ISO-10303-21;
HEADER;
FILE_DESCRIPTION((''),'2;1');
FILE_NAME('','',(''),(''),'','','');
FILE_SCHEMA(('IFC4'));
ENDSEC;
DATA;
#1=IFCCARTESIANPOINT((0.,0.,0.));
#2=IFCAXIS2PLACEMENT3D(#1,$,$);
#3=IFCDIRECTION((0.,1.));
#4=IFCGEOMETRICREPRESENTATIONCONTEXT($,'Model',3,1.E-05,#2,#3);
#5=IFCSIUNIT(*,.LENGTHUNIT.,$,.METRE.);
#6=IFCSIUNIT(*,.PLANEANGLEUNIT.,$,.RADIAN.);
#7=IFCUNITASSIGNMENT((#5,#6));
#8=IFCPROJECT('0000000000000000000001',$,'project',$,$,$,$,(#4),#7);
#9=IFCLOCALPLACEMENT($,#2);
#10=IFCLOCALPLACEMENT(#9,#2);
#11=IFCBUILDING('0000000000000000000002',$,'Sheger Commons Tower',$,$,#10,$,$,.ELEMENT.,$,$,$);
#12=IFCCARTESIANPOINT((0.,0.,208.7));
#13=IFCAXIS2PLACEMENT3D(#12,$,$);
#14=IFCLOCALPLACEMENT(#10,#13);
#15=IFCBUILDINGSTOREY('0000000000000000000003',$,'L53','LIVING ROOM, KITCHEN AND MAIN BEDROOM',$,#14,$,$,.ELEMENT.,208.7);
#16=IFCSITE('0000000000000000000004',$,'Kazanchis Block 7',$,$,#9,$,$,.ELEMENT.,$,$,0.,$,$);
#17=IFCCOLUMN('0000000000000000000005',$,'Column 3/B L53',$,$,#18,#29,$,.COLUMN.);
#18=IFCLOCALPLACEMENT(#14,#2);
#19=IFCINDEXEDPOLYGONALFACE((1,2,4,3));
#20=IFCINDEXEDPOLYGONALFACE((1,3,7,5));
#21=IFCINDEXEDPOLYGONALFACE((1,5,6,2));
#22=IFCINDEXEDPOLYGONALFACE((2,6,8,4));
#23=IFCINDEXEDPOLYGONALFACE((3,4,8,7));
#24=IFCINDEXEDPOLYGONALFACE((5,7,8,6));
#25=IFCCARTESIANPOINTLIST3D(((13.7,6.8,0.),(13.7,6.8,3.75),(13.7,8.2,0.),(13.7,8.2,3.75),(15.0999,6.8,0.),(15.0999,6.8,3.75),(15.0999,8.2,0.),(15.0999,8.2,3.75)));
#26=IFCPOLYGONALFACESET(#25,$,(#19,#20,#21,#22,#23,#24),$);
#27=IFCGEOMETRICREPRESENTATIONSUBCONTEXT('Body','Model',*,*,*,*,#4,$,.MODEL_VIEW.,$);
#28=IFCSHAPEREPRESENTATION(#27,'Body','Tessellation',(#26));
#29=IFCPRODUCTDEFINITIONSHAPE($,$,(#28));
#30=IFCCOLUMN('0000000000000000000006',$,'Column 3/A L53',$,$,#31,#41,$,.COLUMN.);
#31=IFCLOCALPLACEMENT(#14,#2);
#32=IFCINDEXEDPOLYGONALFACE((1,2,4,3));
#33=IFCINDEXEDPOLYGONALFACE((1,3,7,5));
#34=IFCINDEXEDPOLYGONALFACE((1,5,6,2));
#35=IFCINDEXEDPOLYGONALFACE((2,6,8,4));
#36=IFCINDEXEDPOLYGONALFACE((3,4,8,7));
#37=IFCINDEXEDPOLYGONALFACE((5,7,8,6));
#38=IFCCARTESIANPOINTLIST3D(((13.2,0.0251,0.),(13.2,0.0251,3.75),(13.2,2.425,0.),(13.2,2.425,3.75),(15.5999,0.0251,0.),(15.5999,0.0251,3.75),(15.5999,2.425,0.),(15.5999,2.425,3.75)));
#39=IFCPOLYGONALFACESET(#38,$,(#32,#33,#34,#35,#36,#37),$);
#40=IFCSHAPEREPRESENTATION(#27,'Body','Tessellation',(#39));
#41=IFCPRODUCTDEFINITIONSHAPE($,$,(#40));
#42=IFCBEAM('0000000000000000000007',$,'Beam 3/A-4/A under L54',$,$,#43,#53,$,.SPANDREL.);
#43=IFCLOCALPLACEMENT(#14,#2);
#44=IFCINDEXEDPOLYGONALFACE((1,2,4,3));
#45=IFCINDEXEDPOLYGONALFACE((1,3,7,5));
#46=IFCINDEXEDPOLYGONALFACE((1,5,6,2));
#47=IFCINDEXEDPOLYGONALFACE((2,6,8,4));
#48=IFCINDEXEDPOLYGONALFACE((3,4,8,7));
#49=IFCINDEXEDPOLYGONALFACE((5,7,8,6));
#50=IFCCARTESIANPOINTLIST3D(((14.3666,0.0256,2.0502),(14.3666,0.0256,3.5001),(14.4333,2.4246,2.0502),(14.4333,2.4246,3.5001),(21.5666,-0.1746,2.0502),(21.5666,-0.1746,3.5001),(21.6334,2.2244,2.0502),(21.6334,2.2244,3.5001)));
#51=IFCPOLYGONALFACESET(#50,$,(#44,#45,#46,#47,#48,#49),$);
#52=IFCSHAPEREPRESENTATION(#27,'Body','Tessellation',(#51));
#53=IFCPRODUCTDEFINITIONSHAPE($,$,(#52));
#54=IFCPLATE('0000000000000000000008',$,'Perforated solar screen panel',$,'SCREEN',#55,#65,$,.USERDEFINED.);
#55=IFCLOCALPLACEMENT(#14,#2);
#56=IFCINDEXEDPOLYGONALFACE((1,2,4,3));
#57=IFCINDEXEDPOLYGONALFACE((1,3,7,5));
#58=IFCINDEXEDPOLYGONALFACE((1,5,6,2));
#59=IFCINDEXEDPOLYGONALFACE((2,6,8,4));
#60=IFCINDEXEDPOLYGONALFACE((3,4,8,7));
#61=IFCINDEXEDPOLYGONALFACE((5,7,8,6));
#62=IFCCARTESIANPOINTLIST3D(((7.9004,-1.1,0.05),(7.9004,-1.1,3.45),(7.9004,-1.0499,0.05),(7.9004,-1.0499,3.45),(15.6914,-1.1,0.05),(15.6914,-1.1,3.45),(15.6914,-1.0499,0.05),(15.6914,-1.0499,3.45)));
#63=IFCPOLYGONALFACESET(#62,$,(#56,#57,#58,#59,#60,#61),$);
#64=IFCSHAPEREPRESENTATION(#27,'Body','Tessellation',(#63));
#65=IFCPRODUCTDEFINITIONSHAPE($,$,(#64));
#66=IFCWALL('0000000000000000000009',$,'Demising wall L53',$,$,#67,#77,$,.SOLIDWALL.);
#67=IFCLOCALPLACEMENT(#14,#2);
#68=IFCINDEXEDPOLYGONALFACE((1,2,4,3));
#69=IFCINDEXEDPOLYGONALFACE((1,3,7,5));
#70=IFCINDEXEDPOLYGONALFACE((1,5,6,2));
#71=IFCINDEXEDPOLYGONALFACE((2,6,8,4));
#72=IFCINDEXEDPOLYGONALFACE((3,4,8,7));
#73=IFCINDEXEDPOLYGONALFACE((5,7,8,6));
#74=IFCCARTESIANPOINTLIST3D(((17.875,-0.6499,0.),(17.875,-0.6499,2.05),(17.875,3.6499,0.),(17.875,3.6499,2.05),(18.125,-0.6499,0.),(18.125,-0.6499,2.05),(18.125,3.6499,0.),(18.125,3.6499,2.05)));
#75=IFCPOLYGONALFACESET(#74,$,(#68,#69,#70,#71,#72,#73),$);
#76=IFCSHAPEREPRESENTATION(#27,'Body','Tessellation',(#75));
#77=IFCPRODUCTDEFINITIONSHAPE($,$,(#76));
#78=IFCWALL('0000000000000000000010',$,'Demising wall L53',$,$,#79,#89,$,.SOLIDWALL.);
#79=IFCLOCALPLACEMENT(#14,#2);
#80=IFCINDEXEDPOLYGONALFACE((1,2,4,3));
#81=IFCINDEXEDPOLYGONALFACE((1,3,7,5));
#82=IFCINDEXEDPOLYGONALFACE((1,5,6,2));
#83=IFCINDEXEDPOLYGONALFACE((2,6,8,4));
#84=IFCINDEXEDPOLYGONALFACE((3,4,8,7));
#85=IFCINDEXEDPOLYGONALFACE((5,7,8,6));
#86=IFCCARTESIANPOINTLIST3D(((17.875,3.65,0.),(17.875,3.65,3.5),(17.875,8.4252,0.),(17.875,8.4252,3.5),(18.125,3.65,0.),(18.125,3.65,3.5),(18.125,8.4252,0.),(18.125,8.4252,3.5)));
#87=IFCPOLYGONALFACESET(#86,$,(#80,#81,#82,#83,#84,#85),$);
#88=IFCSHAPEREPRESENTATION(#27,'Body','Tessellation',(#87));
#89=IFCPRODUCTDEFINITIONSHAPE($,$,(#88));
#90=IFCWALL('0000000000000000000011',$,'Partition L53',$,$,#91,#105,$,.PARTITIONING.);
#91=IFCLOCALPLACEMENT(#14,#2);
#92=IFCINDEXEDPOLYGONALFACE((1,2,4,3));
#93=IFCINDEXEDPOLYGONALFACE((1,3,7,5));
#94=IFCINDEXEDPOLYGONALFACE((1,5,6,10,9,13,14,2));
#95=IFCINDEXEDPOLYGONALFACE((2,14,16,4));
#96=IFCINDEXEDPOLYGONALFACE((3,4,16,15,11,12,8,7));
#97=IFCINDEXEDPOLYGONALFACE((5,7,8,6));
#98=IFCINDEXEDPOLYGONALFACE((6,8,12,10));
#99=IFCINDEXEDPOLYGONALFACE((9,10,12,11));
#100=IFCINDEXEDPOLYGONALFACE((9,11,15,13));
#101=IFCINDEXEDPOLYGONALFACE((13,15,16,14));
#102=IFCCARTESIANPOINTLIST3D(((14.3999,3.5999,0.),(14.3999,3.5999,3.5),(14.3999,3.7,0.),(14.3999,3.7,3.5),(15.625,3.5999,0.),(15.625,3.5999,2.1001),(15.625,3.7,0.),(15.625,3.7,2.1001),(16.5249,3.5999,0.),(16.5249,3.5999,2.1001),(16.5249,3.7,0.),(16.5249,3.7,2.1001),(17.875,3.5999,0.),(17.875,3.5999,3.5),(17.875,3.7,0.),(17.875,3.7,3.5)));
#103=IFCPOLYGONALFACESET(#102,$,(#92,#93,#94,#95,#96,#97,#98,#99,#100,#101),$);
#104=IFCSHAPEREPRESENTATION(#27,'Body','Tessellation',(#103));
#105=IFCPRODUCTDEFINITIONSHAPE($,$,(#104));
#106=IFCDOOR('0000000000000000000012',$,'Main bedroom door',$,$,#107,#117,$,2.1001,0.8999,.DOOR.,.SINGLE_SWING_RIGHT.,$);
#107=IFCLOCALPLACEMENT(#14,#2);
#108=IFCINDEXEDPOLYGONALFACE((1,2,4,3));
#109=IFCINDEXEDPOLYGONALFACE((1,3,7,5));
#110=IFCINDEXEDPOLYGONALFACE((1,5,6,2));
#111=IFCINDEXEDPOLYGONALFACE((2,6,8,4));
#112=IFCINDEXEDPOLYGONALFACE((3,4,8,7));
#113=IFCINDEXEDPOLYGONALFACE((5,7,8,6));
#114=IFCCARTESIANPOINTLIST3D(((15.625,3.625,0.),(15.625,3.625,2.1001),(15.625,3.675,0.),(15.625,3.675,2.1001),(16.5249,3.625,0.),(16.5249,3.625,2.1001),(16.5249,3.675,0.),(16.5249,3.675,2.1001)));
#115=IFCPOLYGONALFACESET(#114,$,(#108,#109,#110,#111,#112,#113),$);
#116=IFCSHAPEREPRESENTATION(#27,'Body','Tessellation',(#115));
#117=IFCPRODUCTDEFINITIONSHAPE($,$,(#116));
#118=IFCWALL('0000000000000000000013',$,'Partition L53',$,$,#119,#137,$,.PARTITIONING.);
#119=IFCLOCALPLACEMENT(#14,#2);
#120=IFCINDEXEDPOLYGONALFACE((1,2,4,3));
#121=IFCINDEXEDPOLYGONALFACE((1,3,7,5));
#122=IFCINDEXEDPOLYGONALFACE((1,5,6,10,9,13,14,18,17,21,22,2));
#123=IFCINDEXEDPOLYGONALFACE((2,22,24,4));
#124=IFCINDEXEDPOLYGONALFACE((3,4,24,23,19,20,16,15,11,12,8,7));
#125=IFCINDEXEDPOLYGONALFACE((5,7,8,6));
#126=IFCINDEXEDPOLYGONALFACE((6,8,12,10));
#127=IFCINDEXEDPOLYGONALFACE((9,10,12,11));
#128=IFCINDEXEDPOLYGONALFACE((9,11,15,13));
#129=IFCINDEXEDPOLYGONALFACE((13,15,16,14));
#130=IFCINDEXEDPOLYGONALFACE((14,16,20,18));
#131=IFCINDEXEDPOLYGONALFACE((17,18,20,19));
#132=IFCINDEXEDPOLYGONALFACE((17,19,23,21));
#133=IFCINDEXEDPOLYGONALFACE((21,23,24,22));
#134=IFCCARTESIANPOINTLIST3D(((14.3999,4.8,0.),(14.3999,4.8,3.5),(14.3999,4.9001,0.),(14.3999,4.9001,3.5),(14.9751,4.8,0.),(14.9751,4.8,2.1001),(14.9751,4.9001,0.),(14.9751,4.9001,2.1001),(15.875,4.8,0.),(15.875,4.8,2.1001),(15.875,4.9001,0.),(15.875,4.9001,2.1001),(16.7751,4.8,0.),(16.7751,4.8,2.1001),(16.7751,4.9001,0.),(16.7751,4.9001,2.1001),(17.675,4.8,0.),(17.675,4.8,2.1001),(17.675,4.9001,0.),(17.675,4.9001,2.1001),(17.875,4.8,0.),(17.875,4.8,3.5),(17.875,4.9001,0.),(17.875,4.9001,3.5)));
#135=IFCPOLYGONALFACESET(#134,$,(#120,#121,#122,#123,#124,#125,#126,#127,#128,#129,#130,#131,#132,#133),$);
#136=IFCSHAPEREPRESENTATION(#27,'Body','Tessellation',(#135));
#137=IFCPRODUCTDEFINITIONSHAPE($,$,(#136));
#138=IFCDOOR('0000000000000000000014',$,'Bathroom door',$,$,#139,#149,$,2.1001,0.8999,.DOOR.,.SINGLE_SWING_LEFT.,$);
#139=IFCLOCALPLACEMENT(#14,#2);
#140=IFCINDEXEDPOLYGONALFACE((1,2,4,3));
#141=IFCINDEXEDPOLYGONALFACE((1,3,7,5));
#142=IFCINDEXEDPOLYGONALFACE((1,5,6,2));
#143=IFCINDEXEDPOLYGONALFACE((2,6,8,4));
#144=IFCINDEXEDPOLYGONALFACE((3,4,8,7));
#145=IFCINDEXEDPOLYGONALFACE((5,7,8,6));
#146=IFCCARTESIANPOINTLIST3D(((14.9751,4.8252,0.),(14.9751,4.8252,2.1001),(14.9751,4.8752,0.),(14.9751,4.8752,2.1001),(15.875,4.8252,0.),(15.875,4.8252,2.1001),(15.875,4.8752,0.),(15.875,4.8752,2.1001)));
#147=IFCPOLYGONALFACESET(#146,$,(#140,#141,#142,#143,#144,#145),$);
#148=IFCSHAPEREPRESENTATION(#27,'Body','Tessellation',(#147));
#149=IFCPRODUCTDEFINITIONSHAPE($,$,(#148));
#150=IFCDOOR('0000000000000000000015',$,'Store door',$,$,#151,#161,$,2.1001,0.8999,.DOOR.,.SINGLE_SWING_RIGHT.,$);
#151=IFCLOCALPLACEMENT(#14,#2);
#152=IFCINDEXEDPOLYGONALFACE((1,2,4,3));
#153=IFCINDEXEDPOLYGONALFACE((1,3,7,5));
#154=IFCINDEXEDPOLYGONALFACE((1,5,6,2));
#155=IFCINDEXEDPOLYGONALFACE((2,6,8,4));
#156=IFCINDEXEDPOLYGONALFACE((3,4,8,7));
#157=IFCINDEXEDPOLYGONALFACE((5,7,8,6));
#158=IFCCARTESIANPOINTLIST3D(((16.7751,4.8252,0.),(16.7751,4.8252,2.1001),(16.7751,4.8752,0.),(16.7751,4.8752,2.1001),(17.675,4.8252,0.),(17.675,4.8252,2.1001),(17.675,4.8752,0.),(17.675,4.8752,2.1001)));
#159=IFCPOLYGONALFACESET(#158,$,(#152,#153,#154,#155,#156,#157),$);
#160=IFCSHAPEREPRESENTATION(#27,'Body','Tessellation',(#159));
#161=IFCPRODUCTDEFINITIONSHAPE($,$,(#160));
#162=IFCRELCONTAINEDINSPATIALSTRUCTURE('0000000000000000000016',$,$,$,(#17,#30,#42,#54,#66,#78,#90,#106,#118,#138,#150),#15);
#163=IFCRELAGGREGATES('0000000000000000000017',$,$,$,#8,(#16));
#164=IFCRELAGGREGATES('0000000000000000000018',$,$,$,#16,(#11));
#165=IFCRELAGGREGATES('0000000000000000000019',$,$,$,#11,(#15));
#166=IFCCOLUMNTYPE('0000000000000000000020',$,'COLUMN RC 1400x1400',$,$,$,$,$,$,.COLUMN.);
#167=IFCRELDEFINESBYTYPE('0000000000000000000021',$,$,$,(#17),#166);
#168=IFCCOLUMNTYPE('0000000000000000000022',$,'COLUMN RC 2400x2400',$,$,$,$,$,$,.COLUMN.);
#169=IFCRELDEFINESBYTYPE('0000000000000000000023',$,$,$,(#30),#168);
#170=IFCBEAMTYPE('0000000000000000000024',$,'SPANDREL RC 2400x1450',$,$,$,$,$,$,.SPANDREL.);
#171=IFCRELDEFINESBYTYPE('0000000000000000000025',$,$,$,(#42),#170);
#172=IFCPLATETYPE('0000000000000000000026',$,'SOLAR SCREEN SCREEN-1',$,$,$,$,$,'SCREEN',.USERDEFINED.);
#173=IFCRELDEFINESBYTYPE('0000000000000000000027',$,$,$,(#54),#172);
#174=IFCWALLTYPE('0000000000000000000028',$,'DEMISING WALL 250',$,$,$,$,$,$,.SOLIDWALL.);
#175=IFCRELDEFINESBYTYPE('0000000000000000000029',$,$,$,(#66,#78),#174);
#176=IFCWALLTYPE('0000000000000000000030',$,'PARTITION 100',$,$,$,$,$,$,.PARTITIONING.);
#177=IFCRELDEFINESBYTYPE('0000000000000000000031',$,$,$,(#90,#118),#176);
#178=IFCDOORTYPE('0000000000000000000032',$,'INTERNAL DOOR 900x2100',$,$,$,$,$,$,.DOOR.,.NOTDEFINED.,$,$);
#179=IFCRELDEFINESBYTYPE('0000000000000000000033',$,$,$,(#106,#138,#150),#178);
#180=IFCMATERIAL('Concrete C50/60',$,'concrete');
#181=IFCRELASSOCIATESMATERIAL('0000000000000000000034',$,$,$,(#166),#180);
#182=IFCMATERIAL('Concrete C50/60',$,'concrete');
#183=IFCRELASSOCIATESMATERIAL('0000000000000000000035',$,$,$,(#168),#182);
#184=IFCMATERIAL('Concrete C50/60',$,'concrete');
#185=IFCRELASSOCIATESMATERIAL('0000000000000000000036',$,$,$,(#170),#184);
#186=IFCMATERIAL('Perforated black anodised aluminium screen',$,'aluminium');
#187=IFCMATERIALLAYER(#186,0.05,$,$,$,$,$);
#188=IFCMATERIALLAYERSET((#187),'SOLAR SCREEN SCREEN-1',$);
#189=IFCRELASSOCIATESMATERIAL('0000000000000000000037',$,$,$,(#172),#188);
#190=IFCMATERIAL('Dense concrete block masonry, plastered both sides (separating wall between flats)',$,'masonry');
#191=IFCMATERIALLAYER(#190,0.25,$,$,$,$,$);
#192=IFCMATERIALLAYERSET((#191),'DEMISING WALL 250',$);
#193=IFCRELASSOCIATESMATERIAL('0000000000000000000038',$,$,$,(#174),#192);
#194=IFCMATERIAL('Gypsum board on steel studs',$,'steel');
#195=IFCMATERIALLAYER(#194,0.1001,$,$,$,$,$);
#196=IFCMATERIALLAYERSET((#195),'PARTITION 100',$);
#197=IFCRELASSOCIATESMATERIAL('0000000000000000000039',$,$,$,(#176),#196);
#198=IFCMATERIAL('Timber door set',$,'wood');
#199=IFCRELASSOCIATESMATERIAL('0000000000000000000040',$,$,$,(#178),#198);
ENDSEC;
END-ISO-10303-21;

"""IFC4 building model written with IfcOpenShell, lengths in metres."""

from ifc_helpers import new_model, si_unit, direction, frame, frame_2d, origin, origin_2d, place, context, subcontext, project, spatial, rectangle, extrude, material, layer, layer_set, material_profile, profile_set, type_object, element, fill, save


model = new_model("IFC4")

# Units and contexts
model_context = context("Model", 3, precision=1e-05, world=origin(), true_north=direction((0.0, 1.0)))
body_context = subcontext(model_context, "Body", "Model", "MODEL_VIEW")
ifc_project = project(units=[si_unit("LENGTHUNIT", "METRE"), si_unit("PLANEANGLEUNIT", "RADIAN")], contexts=[model_context])

# Site, building, storey
site_placement = place(None, origin())
site = spatial("IfcSite", under=ifc_project, at=site_placement, Name="Kazanchis Block 7", CompositionType="ELEMENT", RefElevation=0.0)
building_placement = place(site_placement, origin())
building = spatial("IfcBuilding", under=site, at=building_placement, Name="Sheger Commons Tower", CompositionType="ELEMENT")
storey_placement = place(building_placement, frame((0.0, 0.0, 208.7)))
storey = spatial("IfcBuildingStorey", under=building, at=storey_placement, Name="L53", Description="LIVING ROOM, KITCHEN AND MAIN BEDROOM", CompositionType="ELEMENT", Elevation=208.7)

# Columns
ifc_material_1 = material(Name="Concrete C50/60", Category="concrete")
ifc_material_profile_1 = material_profile(ifc_material_1, rectangle(XDim=1.3999, YDim=1.3999, at=origin_2d()), Name="RC 1400x1400")
ifc_profile_set_1 = profile_set([ifc_material_profile_1], Name="Concrete C50/60")
column_type_1 = type_object("IfcColumnType", Name="COLUMN RC 1400x1400", PredefinedType="COLUMN", material=ifc_profile_set_1)
column_1_placement = place(storey_placement, frame((14.3999, 7.5, 0.0), z_axis=(0.0, 0.0, 1.0), x_axis=(1.0, 0.0, 0.0)))
element("IfcColumn", 1, at=column_1_placement, inside=storey, type_object=column_type_1, Name="Column 3/B L53", PredefinedType="COLUMN", context=body_context, shape_type="SweptSolid", body=[
    extrude(rectangle(XDim=1.3999, YDim=1.3999, at=origin_2d()), origin(), (0.0, 0.0, 1.0), 3.75),
])
ifc_material_2 = material(Name="Concrete C50/60", Category="concrete")
ifc_material_profile_2 = material_profile(ifc_material_2, rectangle(XDim=2.3999, YDim=2.3999, at=origin_2d()), Name="RC 2400x2400")
ifc_profile_set_2 = profile_set([ifc_material_profile_2], Name="Concrete C50/60")
column_type_2 = type_object("IfcColumnType", Name="COLUMN RC 2400x2400", PredefinedType="COLUMN", material=ifc_profile_set_2)
column_2_placement = place(storey_placement, frame((14.3999, 1.2251, 0.0), z_axis=(0.0, 0.0, 1.0), x_axis=(1.0, 0.0, 0.0)))
element("IfcColumn", 2, at=column_2_placement, inside=storey, type_object=column_type_2, Name="Column 3/A L53", PredefinedType="COLUMN", context=body_context, shape_type="SweptSolid", body=[
    extrude(rectangle(XDim=2.3999, YDim=2.3999, at=origin_2d()), origin(), (0.0, 0.0, 1.0), 3.75),
])

# Beam
ifc_material_3 = material(Name="Concrete C50/60", Category="concrete")
ifc_material_profile_3 = material_profile(ifc_material_3, rectangle(XDim=2.3999, YDim=1.45, at=origin_2d()), Name="RC 2400x1450")
ifc_profile_set_3 = profile_set([ifc_material_profile_3], Name="Concrete C50/60")
beam_type = type_object("IfcBeamType", Name="SPANDREL RC 2400x1450", PredefinedType="SPANDREL", material=ifc_profile_set_3)
beam_placement = place(storey_placement, frame((14.3999, 1.2251, 2.7751), z_axis=(0.999614, -0.027793, 0.0), x_axis=(0.027793, 0.999614, 0.0)))
element("IfcBeam", 3, at=beam_placement, inside=storey, type_object=beam_type, Name="Beam 3/A-4/A under L54", PredefinedType="SPANDREL", context=body_context, shape_type="SweptSolid", body=[
    extrude(rectangle(XDim=2.3999, YDim=1.45, at=origin_2d()), origin(), (0.0, 0.0, 1.0), 7.2029),
])

# Plate
ifc_material_4 = material(Name="Perforated black anodised aluminium screen", Category="aluminium")
ifc_layer_1 = layer(ifc_material_4, 0.05)
ifc_layer_set_1 = layer_set([ifc_layer_1], Name="SOLAR SCREEN SCREEN-1")
plate_type = type_object("IfcPlateType", Name="SOLAR SCREEN SCREEN-1", ElementType="SCREEN", PredefinedType="USERDEFINED", material=ifc_layer_set_1)
plate_placement = place(storey_placement, frame((11.7959, -1.075, 0.05), z_axis=(0.0, 0.0, 1.0), x_axis=(1.0, 0.0, 0.0)))
element("IfcPlate", 4, at=plate_placement, inside=storey, type_object=plate_type, Name="Perforated solar screen panel", ObjectType="SCREEN", PredefinedType="USERDEFINED", context=body_context, shape_type="SweptSolid", body=[
    extrude(rectangle(XDim=7.791, YDim=0.05, at=origin_2d()), origin(), (0.0, 0.0, 1.0), 3.3999),
])

# Walls
ifc_material_5 = material(Name="Dense concrete block masonry, plastered both sides (separating wall between flats)", Category="masonry")
ifc_layer_2 = layer(ifc_material_5, 0.25)
ifc_layer_set_2 = layer_set([ifc_layer_2], Name="DEMISING WALL 250")
wall_type_1 = type_object("IfcWallType", Name="DEMISING WALL 250", PredefinedType="SOLIDWALL", material=ifc_layer_set_2)
wall_1_placement = place(storey_placement, frame((18.0, -0.6499, 0.0), z_axis=(0.0, 0.0, 1.0), x_axis=(0.0, 1.0, 0.0)))
element("IfcWall", 5, at=wall_1_placement, inside=storey, type_object=wall_type_1, Name="Demising wall L53", PredefinedType="SOLIDWALL", context=body_context, shape_type="SweptSolid", body=[
    extrude(rectangle(XDim=4.2998, YDim=0.25, at=frame_2d((2.1499, 0.0))), origin(), (0.0, 0.0, 1.0), 2.05),
])
wall_2_placement = place(storey_placement, frame((18.0, 3.6499, 0.0), z_axis=(0.0, 0.0, 1.0), x_axis=(0.0, 1.0, 0.0)))
element("IfcWall", 6, at=wall_2_placement, inside=storey, type_object=wall_type_1, Name="Demising wall L53", PredefinedType="SOLIDWALL", context=body_context, shape_type="SweptSolid", body=[
    extrude(rectangle(XDim=4.7751, YDim=0.25, at=frame_2d((2.3877, 0.0))), origin(), (0.0, 0.0, 1.0), 3.5),
])

# Wall, opening, door
ifc_material_6 = material(Name="Gypsum board on steel studs", Category="steel")
ifc_layer_3 = layer(ifc_material_6, 0.1001)
ifc_layer_set_3 = layer_set([ifc_layer_3], Name="PARTITION 100")
wall_type_2 = type_object("IfcWallType", Name="PARTITION 100", PredefinedType="PARTITIONING", material=ifc_layer_set_3)
wall_3_placement = place(storey_placement, frame((17.875, 3.6499, 0.0), z_axis=(0.0, 0.0, 1.0), x_axis=(-1.0, 0.0, 0.0)))
wall_3 = element("IfcWall", 7, at=wall_3_placement, inside=storey, type_object=wall_type_2, Name="Partition L53", PredefinedType="PARTITIONING", context=body_context, shape_type="SweptSolid", body=[
    extrude(rectangle(XDim=3.4751, YDim=0.1001, at=frame_2d((1.7375, 0.0))), origin(), (0.0, 0.0, 1.0), 3.5),
])
opening_1_placement = place(wall_3_placement, frame((1.3501, 0.0, 0.0)))
opening_1 = element("IfcOpeningElement", 8, at=opening_1_placement, cuts=wall_3, PredefinedType="OPENING", context=body_context, shape_type="SweptSolid", body=[
    extrude(rectangle(XDim=0.8999, YDim=2.1001, at=frame_2d((0.45, 1.05))), frame((0.0, 0.0601, 0.0), z_axis=(0.0, -1.0, 0.0), x_axis=(1.0, 0.0, 0.0)), (0.0, 0.0, 1.0), 0.1201),
])
ifc_material_7 = material(Name="Timber door set", Category="wood")
door_type = type_object("IfcDoorType", Name="INTERNAL DOOR 900x2100", OperationType="NOTDEFINED", PredefinedType="DOOR", material=ifc_material_7)
door_1_placement = place(opening_1_placement, origin())
door_1 = element("IfcDoor", 9, at=door_1_placement, inside=storey, type_object=door_type, Name="Main bedroom door", OperationType="SINGLE_SWING_RIGHT", OverallHeight=2.1001, OverallWidth=0.8999, PredefinedType="DOOR", context=body_context, shape_type="SweptSolid", body=[
    extrude(rectangle(XDim=0.8999, YDim=2.1001, at=frame_2d((0.45, 1.05))), frame((0.0, 0.0249, 0.0), z_axis=(0.0, -1.0, 0.0), x_axis=(1.0, 0.0, 0.0)), (0.0, 0.0, 1.0), 0.05),
])
fill(opening_1, door_1)

# Wall, openings, doors
wall_4_placement = place(storey_placement, frame((17.875, 4.8501, 0.0), z_axis=(0.0, 0.0, 1.0), x_axis=(-1.0, 0.0, 0.0)))
wall_4 = element("IfcWall", 10, at=wall_4_placement, inside=storey, type_object=wall_type_2, Name="Partition L53", PredefinedType="PARTITIONING", context=body_context, shape_type="SweptSolid", body=[
    extrude(rectangle(XDim=3.4751, YDim=0.1001, at=frame_2d((1.7375, 0.0))), origin(), (0.0, 0.0, 1.0), 3.5),
])
opening_2_placement = place(wall_4_placement, frame((2.0, 0.0, 0.0)))
opening_2 = element("IfcOpeningElement", 11, at=opening_2_placement, cuts=wall_4, PredefinedType="OPENING", context=body_context, shape_type="SweptSolid", body=[
    extrude(rectangle(XDim=0.8999, YDim=2.1001, at=frame_2d((0.45, 1.05))), frame((0.0, 0.0601, 0.0), z_axis=(0.0, -1.0, 0.0), x_axis=(1.0, 0.0, 0.0)), (0.0, 0.0, 1.0), 0.1201),
])
opening_3_placement = place(wall_4_placement, frame((0.2, 0.0, 0.0)))
opening_3 = element("IfcOpeningElement", 12, at=opening_3_placement, cuts=wall_4, PredefinedType="OPENING", context=body_context, shape_type="SweptSolid", body=[
    extrude(rectangle(XDim=0.8999, YDim=2.1001, at=frame_2d((0.45, 1.05))), frame((0.0, 0.0601, 0.0), z_axis=(0.0, -1.0, 0.0), x_axis=(1.0, 0.0, 0.0)), (0.0, 0.0, 1.0), 0.1201),
])
door_2_placement = place(opening_2_placement, origin())
door_2 = element("IfcDoor", 13, at=door_2_placement, inside=storey, type_object=door_type, Name="Bathroom door", OperationType="SINGLE_SWING_LEFT", OverallHeight=2.1001, OverallWidth=0.8999, PredefinedType="DOOR", context=body_context, shape_type="SweptSolid", body=[
    extrude(rectangle(XDim=0.8999, YDim=2.1001, at=frame_2d((0.45, 1.05))), frame((0.0, 0.0249, 0.0), z_axis=(0.0, -1.0, 0.0), x_axis=(1.0, 0.0, 0.0)), (0.0, 0.0, 1.0), 0.05),
])
fill(opening_2, door_2)
door_3_placement = place(opening_3_placement, origin())
door_3 = element("IfcDoor", 14, at=door_3_placement, inside=storey, type_object=door_type, Name="Store door", OperationType="SINGLE_SWING_RIGHT", OverallHeight=2.1001, OverallWidth=0.8999, PredefinedType="DOOR", context=body_context, shape_type="SweptSolid", body=[
    extrude(rectangle(XDim=0.8999, YDim=2.1001, at=frame_2d((0.45, 1.05))), frame((0.0, 0.0249, 0.0), z_axis=(0.0, -1.0, 0.0), x_axis=(1.0, 0.0, 0.0)), (0.0, 0.0, 1.0), 0.05),
])
fill(opening_3, door_3)

save(model, "model.ifc")
